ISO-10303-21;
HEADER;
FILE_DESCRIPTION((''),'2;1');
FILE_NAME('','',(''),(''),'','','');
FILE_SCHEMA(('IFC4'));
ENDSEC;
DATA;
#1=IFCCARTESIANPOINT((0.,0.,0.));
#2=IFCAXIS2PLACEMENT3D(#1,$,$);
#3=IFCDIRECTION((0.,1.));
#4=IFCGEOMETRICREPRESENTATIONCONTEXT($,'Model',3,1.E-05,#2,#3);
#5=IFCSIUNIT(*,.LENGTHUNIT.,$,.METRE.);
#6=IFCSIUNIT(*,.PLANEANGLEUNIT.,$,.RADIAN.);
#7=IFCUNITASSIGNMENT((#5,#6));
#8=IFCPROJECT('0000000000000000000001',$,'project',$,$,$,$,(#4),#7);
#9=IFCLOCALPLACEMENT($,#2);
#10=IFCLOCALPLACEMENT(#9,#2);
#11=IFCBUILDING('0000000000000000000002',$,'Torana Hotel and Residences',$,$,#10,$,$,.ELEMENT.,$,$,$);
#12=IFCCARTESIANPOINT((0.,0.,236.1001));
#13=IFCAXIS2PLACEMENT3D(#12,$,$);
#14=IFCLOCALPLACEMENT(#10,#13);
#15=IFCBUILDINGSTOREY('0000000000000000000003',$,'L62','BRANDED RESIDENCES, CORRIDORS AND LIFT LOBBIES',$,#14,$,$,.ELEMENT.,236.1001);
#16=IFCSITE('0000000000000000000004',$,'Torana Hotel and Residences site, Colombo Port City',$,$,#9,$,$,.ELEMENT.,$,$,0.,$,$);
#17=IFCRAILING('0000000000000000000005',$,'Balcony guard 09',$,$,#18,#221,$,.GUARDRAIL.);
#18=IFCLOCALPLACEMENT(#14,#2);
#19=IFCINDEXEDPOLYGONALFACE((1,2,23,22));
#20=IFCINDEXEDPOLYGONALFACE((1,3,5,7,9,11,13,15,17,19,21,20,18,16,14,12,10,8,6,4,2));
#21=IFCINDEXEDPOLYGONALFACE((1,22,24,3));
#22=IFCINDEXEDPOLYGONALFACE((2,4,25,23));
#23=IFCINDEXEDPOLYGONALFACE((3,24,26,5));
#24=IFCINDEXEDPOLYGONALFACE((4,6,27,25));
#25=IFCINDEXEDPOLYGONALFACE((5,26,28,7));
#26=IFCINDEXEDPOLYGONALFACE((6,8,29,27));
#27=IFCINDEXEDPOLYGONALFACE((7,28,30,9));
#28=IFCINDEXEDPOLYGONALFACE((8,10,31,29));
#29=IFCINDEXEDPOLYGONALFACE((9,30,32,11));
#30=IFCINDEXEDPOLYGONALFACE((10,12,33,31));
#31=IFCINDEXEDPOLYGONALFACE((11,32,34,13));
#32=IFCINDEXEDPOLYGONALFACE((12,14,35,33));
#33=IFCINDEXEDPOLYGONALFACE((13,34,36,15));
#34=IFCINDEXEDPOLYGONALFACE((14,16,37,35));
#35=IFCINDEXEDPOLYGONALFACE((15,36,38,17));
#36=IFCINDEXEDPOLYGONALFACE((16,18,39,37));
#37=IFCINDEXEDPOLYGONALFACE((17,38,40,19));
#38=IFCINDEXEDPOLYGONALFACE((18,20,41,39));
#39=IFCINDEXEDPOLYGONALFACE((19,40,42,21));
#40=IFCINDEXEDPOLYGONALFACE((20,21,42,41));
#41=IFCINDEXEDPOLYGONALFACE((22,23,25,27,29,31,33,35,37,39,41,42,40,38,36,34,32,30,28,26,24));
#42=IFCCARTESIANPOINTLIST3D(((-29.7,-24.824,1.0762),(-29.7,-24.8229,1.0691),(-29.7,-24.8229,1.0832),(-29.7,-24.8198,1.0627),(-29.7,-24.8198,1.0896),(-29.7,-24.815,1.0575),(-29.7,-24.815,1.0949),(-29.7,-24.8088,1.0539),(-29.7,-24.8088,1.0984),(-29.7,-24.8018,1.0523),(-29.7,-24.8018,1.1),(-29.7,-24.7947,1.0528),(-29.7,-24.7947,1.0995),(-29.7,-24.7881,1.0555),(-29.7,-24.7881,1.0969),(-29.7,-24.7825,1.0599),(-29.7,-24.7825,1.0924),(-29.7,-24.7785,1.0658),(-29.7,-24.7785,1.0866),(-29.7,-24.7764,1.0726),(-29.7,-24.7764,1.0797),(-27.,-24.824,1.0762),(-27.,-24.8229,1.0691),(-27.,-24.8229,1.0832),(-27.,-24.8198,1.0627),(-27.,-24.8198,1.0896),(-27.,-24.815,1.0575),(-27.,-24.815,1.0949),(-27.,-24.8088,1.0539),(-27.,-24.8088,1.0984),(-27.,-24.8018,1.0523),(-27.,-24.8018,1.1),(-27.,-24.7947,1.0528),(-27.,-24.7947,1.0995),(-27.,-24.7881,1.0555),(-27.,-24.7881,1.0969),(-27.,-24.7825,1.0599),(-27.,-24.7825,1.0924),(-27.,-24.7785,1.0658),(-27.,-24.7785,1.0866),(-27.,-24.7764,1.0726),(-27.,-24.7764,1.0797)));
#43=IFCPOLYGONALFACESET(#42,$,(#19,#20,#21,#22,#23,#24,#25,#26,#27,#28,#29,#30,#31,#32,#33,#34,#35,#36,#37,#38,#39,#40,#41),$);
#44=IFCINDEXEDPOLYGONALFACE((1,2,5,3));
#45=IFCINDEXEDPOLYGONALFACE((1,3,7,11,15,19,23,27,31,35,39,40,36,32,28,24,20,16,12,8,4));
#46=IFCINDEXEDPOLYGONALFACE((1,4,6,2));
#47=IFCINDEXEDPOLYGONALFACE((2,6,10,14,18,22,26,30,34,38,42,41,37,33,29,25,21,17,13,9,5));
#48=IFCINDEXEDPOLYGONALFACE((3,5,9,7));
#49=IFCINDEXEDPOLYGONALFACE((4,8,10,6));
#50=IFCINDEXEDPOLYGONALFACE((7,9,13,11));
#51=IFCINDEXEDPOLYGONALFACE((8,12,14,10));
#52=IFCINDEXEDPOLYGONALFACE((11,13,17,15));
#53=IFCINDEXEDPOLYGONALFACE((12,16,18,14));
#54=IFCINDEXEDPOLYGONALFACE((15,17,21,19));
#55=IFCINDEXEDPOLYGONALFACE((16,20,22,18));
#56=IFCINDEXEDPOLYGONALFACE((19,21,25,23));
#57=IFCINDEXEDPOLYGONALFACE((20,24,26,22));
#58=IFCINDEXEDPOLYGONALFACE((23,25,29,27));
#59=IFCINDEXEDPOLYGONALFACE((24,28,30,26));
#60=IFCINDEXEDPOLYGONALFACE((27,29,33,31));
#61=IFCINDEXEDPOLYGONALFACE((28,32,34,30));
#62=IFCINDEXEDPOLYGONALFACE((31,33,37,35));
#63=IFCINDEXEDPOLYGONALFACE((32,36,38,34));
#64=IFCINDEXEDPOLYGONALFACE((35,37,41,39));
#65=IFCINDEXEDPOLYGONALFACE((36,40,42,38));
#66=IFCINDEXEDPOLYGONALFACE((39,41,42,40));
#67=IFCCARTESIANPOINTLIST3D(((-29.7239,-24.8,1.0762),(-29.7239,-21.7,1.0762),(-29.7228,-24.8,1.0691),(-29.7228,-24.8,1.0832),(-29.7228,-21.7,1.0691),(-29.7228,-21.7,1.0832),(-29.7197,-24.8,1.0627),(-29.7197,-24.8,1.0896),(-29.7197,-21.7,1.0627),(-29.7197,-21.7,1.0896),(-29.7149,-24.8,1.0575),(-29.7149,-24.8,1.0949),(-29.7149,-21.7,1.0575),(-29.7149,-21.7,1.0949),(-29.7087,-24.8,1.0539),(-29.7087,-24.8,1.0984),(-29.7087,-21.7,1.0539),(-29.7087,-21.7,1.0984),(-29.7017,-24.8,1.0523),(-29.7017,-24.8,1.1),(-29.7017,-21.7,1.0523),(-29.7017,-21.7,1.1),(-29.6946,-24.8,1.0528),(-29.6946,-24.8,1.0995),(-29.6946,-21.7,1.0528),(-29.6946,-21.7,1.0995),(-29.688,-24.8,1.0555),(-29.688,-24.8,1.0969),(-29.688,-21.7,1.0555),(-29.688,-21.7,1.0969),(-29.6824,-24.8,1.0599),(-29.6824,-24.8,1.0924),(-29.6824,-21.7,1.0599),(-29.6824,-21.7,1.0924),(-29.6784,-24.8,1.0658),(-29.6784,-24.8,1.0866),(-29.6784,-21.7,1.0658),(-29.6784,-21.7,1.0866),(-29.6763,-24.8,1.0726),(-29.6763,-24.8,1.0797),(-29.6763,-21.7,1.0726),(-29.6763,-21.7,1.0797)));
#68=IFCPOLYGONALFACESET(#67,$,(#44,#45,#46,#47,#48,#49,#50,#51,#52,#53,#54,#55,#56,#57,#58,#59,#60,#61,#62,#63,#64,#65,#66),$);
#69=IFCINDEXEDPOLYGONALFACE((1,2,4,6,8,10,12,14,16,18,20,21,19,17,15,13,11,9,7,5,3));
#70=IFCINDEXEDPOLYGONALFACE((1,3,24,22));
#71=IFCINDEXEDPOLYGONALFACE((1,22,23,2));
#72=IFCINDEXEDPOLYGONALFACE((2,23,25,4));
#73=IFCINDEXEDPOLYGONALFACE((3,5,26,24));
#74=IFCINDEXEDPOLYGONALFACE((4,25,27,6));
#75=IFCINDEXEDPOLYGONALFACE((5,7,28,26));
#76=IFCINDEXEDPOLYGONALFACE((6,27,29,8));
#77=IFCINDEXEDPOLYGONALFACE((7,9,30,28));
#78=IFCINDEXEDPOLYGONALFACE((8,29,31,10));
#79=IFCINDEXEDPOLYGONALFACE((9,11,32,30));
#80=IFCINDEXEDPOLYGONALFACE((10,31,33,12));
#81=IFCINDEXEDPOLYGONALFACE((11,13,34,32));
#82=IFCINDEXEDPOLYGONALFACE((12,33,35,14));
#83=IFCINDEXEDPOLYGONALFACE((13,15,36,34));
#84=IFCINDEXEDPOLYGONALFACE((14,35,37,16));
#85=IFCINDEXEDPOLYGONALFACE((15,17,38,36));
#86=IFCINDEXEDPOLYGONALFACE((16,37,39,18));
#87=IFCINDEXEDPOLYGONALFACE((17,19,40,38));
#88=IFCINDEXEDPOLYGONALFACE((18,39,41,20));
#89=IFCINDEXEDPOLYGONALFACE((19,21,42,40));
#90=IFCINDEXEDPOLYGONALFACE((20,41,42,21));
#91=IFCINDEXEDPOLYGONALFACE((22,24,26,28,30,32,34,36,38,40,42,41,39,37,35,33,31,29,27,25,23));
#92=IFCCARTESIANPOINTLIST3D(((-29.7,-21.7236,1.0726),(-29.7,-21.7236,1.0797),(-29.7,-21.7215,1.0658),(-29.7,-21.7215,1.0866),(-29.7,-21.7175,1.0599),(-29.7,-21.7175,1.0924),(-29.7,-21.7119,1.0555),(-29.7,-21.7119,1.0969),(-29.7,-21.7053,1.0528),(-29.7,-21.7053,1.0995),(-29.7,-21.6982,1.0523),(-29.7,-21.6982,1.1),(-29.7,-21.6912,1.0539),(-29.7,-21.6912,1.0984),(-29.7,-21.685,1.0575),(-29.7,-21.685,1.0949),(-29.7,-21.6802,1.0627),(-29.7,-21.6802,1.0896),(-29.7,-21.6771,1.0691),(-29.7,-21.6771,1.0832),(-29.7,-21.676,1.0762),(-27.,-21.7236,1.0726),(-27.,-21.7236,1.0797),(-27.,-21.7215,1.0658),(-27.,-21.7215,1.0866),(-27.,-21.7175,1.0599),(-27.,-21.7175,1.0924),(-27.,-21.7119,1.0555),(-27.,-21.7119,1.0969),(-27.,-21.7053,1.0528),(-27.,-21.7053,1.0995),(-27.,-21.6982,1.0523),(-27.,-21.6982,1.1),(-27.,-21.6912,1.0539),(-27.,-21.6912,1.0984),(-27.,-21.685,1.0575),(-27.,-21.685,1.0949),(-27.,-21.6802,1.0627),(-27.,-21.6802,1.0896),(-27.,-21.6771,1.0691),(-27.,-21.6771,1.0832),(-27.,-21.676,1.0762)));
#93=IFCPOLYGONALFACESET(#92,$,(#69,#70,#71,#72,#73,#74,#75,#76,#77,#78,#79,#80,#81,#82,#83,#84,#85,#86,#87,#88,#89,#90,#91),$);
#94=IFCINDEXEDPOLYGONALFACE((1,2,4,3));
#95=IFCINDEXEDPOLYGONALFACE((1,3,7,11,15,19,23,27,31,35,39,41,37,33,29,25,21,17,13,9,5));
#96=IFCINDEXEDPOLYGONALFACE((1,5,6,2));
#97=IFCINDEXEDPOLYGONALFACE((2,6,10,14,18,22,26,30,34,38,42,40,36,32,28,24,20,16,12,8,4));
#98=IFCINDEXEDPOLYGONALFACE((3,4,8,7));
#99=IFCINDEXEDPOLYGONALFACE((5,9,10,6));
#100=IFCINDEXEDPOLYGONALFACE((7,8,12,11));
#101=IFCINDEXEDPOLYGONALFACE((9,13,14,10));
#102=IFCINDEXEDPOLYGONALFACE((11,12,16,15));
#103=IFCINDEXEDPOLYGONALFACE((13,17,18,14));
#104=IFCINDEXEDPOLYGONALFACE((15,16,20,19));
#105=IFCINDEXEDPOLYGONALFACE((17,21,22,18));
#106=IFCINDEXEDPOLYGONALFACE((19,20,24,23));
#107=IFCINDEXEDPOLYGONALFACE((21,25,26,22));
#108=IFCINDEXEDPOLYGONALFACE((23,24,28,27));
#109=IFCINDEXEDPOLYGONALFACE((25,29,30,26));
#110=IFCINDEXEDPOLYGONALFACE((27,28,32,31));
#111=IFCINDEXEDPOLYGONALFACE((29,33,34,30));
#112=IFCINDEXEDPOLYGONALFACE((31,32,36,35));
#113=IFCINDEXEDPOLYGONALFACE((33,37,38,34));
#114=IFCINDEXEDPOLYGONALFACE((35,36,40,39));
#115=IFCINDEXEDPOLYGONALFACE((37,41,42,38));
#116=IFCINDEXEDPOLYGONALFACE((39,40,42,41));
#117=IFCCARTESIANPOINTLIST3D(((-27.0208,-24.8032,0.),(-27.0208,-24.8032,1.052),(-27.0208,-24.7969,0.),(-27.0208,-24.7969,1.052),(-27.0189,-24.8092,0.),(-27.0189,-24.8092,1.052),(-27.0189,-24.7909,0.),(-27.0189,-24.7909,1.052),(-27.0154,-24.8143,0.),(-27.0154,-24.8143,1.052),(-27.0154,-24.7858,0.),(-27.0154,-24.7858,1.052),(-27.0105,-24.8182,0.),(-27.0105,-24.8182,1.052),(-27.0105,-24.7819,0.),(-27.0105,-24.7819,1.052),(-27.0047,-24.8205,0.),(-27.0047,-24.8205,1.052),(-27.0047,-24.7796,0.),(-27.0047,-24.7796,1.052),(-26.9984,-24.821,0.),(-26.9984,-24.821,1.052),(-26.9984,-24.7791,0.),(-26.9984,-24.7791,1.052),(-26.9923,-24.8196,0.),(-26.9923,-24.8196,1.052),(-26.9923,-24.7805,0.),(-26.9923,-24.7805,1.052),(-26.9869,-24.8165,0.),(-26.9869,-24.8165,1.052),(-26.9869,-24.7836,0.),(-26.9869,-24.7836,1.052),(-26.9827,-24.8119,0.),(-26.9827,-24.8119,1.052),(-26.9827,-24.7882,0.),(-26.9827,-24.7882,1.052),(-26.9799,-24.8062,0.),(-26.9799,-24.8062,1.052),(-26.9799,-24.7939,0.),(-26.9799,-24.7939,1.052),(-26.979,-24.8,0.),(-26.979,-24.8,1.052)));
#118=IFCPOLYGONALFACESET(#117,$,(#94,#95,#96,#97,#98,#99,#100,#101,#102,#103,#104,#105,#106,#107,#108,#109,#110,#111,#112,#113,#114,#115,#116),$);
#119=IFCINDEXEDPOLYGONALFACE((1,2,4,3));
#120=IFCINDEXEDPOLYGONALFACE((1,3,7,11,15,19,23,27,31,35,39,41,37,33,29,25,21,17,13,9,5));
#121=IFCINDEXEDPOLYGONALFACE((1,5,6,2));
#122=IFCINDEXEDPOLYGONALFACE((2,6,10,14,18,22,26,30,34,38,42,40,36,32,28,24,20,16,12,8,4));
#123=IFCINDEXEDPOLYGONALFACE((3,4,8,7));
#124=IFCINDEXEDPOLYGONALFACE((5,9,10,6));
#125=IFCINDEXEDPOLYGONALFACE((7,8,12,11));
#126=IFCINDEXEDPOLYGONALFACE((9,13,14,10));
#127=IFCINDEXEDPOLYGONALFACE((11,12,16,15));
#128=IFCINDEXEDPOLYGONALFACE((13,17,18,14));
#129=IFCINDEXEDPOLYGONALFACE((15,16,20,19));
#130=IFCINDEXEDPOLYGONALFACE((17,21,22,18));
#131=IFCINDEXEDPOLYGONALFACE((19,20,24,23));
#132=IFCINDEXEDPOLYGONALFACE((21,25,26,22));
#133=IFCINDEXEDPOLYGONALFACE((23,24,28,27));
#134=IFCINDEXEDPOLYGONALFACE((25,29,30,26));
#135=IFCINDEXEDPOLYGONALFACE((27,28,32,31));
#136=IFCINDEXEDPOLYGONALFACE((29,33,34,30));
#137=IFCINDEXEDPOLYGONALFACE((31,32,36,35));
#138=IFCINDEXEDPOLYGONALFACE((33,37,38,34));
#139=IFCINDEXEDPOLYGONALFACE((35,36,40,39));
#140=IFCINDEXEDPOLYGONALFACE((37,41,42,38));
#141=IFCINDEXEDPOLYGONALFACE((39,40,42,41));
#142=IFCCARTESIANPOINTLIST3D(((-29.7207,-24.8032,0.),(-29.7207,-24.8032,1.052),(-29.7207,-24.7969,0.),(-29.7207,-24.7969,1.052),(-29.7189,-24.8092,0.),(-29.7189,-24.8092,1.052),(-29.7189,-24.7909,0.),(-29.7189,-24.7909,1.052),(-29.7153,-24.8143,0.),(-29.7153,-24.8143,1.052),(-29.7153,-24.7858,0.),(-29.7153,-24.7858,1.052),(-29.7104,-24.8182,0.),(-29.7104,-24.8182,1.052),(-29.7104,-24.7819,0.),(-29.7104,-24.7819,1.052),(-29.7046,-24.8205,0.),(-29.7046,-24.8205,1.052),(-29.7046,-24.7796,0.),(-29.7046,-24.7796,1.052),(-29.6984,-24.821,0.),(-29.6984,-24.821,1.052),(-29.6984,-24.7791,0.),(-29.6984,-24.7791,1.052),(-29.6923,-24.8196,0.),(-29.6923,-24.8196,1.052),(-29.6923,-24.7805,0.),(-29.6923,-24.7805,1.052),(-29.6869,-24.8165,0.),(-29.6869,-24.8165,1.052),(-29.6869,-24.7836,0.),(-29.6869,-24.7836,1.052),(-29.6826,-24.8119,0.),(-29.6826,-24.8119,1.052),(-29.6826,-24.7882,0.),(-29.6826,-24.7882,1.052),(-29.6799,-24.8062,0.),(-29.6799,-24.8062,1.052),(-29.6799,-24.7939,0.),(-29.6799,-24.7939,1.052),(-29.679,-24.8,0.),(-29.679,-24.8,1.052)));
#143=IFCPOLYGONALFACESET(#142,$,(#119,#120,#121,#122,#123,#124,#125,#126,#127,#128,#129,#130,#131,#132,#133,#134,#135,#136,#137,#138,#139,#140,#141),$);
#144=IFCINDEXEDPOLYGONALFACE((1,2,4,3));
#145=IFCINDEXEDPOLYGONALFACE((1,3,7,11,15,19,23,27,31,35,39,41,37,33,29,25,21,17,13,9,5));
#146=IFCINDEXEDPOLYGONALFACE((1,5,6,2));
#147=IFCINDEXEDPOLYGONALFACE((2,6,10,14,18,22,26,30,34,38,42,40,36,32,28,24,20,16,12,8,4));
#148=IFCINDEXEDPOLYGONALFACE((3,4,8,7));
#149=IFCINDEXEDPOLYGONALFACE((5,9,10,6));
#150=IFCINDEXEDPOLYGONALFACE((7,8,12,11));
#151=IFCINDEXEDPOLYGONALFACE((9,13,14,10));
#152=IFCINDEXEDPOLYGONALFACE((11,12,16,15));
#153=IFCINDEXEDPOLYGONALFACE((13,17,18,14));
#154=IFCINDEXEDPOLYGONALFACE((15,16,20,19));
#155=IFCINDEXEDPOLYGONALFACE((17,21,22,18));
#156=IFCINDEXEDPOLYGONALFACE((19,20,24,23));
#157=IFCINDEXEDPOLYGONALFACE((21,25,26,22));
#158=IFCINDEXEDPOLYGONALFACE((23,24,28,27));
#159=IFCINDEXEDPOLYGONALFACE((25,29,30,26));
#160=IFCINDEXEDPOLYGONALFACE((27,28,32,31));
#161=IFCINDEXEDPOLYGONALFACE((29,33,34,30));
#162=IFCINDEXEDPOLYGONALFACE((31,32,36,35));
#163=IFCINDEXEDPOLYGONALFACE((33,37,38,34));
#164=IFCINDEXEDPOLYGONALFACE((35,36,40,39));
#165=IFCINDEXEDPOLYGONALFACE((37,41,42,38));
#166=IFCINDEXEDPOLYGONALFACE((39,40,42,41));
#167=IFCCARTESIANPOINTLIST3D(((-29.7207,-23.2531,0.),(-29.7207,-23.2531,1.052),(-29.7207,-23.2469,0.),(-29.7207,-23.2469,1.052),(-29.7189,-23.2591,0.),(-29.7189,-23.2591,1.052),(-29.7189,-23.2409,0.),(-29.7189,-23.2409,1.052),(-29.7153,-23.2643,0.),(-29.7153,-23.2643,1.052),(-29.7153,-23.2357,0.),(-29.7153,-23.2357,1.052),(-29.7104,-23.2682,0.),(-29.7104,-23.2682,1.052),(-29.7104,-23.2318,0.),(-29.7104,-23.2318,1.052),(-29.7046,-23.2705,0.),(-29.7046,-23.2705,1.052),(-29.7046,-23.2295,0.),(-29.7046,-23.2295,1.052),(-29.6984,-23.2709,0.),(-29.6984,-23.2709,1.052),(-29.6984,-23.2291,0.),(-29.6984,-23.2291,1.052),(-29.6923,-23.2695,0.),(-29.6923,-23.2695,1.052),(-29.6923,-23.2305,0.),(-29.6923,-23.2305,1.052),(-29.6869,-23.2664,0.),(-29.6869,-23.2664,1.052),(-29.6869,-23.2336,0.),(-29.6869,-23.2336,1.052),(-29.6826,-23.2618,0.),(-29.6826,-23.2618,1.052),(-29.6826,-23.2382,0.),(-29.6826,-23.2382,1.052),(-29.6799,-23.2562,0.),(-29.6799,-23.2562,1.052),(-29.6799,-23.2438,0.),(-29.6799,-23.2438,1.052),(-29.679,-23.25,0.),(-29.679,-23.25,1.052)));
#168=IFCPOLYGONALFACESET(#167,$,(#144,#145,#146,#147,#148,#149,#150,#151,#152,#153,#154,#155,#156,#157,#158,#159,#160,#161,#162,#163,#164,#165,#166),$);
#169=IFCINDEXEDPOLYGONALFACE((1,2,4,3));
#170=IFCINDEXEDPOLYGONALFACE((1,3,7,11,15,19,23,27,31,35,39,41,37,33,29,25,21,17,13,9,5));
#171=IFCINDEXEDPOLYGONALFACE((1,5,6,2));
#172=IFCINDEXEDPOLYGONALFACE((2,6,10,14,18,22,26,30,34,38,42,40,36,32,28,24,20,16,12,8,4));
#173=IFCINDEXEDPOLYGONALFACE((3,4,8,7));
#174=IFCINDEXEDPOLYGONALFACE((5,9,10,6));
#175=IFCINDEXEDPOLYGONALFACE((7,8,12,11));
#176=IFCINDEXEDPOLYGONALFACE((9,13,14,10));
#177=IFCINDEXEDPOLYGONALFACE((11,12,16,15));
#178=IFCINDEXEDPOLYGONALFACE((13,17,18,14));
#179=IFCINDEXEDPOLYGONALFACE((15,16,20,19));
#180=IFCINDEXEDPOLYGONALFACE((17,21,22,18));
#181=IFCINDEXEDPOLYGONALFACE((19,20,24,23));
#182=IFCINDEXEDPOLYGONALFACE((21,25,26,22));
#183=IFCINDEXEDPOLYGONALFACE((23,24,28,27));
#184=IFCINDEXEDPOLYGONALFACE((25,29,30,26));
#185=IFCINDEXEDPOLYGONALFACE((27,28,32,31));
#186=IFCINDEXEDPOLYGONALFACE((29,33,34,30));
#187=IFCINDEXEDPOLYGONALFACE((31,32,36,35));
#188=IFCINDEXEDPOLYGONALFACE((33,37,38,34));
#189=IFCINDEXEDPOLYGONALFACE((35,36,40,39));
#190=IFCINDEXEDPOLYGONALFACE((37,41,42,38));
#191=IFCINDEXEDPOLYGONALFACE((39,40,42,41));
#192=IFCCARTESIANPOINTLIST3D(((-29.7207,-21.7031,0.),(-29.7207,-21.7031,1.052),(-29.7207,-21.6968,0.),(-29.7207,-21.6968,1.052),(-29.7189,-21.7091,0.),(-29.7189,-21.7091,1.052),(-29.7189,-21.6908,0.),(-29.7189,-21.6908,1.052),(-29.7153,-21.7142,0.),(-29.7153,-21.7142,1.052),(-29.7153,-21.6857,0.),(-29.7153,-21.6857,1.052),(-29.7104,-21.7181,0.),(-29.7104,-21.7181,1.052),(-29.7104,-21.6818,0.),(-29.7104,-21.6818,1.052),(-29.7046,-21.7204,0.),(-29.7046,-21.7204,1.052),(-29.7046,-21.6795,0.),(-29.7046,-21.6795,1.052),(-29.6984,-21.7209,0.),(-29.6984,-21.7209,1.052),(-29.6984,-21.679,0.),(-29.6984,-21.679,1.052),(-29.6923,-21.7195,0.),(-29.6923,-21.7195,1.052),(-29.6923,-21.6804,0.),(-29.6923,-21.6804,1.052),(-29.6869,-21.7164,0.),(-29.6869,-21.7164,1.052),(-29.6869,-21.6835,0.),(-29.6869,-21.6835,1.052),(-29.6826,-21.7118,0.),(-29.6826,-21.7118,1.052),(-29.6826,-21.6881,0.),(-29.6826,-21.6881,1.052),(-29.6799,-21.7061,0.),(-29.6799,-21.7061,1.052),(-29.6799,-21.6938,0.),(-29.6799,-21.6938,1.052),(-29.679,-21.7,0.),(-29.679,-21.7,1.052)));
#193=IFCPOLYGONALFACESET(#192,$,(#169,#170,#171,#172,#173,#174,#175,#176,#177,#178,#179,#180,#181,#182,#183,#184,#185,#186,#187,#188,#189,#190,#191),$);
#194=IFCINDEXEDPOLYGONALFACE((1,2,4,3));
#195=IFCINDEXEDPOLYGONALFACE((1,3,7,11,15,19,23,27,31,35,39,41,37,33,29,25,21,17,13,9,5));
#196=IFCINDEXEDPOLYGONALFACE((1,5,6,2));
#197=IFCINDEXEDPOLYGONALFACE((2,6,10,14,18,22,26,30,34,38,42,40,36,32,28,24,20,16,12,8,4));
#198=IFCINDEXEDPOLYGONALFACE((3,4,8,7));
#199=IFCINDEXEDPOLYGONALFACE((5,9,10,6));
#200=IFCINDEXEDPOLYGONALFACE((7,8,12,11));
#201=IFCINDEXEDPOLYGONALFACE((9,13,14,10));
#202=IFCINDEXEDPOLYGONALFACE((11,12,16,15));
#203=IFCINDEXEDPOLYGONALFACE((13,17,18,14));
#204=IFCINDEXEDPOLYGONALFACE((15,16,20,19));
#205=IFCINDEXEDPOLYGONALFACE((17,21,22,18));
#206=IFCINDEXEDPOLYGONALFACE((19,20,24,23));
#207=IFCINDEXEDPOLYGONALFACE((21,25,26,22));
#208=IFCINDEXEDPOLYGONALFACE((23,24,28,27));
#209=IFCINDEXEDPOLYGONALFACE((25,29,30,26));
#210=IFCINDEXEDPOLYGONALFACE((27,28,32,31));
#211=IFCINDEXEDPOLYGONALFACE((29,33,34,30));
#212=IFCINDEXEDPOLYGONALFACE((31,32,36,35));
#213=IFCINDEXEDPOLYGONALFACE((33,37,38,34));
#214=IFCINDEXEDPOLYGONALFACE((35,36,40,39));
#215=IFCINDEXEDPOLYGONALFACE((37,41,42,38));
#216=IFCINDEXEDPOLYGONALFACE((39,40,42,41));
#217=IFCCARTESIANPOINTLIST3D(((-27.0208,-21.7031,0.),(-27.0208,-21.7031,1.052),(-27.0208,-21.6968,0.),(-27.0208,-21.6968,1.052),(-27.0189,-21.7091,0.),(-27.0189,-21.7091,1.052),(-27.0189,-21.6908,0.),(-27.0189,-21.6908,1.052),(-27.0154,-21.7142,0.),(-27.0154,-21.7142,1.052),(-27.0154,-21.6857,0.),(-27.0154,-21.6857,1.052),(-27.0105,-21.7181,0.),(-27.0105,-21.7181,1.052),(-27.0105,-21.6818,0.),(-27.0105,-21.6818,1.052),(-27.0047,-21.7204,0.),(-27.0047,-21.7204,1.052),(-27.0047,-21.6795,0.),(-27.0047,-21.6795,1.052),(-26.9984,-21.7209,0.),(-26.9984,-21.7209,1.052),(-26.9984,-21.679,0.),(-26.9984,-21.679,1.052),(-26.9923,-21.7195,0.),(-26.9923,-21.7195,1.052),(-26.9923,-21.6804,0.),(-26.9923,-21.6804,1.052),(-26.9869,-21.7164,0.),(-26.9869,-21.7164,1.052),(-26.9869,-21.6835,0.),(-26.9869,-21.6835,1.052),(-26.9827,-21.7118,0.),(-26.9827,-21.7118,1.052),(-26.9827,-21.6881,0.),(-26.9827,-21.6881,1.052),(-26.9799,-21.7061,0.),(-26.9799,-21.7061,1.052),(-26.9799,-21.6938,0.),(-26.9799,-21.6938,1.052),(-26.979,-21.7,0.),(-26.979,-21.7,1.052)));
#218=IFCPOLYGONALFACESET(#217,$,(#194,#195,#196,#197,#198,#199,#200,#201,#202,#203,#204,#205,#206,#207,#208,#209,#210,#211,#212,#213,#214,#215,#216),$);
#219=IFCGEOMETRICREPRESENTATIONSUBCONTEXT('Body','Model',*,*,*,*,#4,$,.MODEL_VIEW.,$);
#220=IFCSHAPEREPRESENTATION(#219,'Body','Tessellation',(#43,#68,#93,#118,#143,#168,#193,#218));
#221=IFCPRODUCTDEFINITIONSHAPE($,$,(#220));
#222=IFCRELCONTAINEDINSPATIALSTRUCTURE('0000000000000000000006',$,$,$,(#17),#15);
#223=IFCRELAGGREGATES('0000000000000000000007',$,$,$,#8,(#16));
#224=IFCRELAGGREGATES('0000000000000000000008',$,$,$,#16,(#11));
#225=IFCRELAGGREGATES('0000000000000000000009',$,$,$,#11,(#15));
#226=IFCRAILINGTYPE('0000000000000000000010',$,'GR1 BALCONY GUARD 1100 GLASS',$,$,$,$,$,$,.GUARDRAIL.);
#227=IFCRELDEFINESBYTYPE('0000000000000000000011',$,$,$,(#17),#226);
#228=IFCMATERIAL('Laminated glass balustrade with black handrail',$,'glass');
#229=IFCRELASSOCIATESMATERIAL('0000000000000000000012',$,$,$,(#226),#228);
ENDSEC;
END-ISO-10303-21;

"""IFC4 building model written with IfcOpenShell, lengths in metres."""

from ifc_helpers import new_model, si_unit, direction, frame, origin, origin_2d, place, context, subcontext, project, spatial, circle, extrude, material, type_object, element, save


model = new_model("IFC4")

# Units and contexts
model_context = context("Model", 3, precision=1e-05, world=origin(), true_north=direction((0.0, 1.0)))
body_context = subcontext(model_context, "Body", "Model", "MODEL_VIEW")
ifc_project = project(units=[si_unit("LENGTHUNIT", "METRE"), si_unit("PLANEANGLEUNIT", "RADIAN")], contexts=[model_context])

# Site, building, storey
site_placement = place(None, origin())
site = spatial("IfcSite", under=ifc_project, at=site_placement, Name="Torana Hotel and Residences site, Colombo Port City", CompositionType="ELEMENT", RefElevation=0.0)
building_placement = place(site_placement, origin())
building = spatial("IfcBuilding", under=site, at=building_placement, Name="Torana Hotel and Residences", CompositionType="ELEMENT")
storey_placement = place(building_placement, frame((0.0, 0.0, 236.1001)))
storey = spatial("IfcBuildingStorey", under=building, at=storey_placement, Name="L62", Description="BRANDED RESIDENCES, CORRIDORS AND LIFT LOBBIES", CompositionType="ELEMENT", Elevation=236.1001)

# Railing
ifc_material_1 = material(Name="Laminated glass balustrade with black handrail", Category="glass")
railing_type = type_object("IfcRailingType", Name="GR1 BALCONY GUARD 1100 GLASS", PredefinedType="GUARDRAIL", material=ifc_material_1)
railing_placement = place(storey_placement, frame((-27.0, -24.8, 0.0)))
element("IfcRailing", 1, at=railing_placement, inside=storey, type_object=railing_type, Name="Balcony guard 09", PredefinedType="GUARDRAIL", context=body_context, shape_type="SweptSolid", body=[
    extrude(circle(Radius=0.0239, at=origin_2d()), frame((0.0, 0.0, 1.0762), z_axis=(-1.0, 0.0, 0.0), x_axis=(0.0, -1.0, 0.0)), (0.0, 0.0, 1.0), 2.7),
    extrude(circle(Radius=0.0239, at=origin_2d()), frame((-2.7, 0.0, 1.0762), z_axis=(0.0, 1.0, 0.0), x_axis=(-1.0, 0.0, 0.0)), (0.0, 0.0, 1.0), 3.1001),
    extrude(circle(Radius=0.0239, at=origin_2d()), frame((-2.7, 3.1001, 1.0762), z_axis=(1.0, 0.0, 0.0), x_axis=(0.0, 1.0, 0.0)), (0.0, 0.0, 1.0), 2.7),
    extrude(circle(Radius=0.021, at=origin_2d()), origin(), (0.0, 0.0, 1.0), 1.052),
    extrude(circle(Radius=0.021, at=origin_2d()), frame((-2.7, 0.0, 0.0)), (0.0, 0.0, 1.0), 1.052),
    extrude(circle(Radius=0.021, at=origin_2d()), frame((-2.7, 1.55, 0.0)), (0.0, 0.0, 1.0), 1.052),
    extrude(circle(Radius=0.021, at=origin_2d()), frame((-2.7, 3.1001, 0.0)), (0.0, 0.0, 1.0), 1.052),
    extrude(circle(Radius=0.021, at=origin_2d()), frame((0.0, 3.1001, 0.0)), (0.0, 0.0, 1.0), 1.052),
])

save(model, "model.ifc")
